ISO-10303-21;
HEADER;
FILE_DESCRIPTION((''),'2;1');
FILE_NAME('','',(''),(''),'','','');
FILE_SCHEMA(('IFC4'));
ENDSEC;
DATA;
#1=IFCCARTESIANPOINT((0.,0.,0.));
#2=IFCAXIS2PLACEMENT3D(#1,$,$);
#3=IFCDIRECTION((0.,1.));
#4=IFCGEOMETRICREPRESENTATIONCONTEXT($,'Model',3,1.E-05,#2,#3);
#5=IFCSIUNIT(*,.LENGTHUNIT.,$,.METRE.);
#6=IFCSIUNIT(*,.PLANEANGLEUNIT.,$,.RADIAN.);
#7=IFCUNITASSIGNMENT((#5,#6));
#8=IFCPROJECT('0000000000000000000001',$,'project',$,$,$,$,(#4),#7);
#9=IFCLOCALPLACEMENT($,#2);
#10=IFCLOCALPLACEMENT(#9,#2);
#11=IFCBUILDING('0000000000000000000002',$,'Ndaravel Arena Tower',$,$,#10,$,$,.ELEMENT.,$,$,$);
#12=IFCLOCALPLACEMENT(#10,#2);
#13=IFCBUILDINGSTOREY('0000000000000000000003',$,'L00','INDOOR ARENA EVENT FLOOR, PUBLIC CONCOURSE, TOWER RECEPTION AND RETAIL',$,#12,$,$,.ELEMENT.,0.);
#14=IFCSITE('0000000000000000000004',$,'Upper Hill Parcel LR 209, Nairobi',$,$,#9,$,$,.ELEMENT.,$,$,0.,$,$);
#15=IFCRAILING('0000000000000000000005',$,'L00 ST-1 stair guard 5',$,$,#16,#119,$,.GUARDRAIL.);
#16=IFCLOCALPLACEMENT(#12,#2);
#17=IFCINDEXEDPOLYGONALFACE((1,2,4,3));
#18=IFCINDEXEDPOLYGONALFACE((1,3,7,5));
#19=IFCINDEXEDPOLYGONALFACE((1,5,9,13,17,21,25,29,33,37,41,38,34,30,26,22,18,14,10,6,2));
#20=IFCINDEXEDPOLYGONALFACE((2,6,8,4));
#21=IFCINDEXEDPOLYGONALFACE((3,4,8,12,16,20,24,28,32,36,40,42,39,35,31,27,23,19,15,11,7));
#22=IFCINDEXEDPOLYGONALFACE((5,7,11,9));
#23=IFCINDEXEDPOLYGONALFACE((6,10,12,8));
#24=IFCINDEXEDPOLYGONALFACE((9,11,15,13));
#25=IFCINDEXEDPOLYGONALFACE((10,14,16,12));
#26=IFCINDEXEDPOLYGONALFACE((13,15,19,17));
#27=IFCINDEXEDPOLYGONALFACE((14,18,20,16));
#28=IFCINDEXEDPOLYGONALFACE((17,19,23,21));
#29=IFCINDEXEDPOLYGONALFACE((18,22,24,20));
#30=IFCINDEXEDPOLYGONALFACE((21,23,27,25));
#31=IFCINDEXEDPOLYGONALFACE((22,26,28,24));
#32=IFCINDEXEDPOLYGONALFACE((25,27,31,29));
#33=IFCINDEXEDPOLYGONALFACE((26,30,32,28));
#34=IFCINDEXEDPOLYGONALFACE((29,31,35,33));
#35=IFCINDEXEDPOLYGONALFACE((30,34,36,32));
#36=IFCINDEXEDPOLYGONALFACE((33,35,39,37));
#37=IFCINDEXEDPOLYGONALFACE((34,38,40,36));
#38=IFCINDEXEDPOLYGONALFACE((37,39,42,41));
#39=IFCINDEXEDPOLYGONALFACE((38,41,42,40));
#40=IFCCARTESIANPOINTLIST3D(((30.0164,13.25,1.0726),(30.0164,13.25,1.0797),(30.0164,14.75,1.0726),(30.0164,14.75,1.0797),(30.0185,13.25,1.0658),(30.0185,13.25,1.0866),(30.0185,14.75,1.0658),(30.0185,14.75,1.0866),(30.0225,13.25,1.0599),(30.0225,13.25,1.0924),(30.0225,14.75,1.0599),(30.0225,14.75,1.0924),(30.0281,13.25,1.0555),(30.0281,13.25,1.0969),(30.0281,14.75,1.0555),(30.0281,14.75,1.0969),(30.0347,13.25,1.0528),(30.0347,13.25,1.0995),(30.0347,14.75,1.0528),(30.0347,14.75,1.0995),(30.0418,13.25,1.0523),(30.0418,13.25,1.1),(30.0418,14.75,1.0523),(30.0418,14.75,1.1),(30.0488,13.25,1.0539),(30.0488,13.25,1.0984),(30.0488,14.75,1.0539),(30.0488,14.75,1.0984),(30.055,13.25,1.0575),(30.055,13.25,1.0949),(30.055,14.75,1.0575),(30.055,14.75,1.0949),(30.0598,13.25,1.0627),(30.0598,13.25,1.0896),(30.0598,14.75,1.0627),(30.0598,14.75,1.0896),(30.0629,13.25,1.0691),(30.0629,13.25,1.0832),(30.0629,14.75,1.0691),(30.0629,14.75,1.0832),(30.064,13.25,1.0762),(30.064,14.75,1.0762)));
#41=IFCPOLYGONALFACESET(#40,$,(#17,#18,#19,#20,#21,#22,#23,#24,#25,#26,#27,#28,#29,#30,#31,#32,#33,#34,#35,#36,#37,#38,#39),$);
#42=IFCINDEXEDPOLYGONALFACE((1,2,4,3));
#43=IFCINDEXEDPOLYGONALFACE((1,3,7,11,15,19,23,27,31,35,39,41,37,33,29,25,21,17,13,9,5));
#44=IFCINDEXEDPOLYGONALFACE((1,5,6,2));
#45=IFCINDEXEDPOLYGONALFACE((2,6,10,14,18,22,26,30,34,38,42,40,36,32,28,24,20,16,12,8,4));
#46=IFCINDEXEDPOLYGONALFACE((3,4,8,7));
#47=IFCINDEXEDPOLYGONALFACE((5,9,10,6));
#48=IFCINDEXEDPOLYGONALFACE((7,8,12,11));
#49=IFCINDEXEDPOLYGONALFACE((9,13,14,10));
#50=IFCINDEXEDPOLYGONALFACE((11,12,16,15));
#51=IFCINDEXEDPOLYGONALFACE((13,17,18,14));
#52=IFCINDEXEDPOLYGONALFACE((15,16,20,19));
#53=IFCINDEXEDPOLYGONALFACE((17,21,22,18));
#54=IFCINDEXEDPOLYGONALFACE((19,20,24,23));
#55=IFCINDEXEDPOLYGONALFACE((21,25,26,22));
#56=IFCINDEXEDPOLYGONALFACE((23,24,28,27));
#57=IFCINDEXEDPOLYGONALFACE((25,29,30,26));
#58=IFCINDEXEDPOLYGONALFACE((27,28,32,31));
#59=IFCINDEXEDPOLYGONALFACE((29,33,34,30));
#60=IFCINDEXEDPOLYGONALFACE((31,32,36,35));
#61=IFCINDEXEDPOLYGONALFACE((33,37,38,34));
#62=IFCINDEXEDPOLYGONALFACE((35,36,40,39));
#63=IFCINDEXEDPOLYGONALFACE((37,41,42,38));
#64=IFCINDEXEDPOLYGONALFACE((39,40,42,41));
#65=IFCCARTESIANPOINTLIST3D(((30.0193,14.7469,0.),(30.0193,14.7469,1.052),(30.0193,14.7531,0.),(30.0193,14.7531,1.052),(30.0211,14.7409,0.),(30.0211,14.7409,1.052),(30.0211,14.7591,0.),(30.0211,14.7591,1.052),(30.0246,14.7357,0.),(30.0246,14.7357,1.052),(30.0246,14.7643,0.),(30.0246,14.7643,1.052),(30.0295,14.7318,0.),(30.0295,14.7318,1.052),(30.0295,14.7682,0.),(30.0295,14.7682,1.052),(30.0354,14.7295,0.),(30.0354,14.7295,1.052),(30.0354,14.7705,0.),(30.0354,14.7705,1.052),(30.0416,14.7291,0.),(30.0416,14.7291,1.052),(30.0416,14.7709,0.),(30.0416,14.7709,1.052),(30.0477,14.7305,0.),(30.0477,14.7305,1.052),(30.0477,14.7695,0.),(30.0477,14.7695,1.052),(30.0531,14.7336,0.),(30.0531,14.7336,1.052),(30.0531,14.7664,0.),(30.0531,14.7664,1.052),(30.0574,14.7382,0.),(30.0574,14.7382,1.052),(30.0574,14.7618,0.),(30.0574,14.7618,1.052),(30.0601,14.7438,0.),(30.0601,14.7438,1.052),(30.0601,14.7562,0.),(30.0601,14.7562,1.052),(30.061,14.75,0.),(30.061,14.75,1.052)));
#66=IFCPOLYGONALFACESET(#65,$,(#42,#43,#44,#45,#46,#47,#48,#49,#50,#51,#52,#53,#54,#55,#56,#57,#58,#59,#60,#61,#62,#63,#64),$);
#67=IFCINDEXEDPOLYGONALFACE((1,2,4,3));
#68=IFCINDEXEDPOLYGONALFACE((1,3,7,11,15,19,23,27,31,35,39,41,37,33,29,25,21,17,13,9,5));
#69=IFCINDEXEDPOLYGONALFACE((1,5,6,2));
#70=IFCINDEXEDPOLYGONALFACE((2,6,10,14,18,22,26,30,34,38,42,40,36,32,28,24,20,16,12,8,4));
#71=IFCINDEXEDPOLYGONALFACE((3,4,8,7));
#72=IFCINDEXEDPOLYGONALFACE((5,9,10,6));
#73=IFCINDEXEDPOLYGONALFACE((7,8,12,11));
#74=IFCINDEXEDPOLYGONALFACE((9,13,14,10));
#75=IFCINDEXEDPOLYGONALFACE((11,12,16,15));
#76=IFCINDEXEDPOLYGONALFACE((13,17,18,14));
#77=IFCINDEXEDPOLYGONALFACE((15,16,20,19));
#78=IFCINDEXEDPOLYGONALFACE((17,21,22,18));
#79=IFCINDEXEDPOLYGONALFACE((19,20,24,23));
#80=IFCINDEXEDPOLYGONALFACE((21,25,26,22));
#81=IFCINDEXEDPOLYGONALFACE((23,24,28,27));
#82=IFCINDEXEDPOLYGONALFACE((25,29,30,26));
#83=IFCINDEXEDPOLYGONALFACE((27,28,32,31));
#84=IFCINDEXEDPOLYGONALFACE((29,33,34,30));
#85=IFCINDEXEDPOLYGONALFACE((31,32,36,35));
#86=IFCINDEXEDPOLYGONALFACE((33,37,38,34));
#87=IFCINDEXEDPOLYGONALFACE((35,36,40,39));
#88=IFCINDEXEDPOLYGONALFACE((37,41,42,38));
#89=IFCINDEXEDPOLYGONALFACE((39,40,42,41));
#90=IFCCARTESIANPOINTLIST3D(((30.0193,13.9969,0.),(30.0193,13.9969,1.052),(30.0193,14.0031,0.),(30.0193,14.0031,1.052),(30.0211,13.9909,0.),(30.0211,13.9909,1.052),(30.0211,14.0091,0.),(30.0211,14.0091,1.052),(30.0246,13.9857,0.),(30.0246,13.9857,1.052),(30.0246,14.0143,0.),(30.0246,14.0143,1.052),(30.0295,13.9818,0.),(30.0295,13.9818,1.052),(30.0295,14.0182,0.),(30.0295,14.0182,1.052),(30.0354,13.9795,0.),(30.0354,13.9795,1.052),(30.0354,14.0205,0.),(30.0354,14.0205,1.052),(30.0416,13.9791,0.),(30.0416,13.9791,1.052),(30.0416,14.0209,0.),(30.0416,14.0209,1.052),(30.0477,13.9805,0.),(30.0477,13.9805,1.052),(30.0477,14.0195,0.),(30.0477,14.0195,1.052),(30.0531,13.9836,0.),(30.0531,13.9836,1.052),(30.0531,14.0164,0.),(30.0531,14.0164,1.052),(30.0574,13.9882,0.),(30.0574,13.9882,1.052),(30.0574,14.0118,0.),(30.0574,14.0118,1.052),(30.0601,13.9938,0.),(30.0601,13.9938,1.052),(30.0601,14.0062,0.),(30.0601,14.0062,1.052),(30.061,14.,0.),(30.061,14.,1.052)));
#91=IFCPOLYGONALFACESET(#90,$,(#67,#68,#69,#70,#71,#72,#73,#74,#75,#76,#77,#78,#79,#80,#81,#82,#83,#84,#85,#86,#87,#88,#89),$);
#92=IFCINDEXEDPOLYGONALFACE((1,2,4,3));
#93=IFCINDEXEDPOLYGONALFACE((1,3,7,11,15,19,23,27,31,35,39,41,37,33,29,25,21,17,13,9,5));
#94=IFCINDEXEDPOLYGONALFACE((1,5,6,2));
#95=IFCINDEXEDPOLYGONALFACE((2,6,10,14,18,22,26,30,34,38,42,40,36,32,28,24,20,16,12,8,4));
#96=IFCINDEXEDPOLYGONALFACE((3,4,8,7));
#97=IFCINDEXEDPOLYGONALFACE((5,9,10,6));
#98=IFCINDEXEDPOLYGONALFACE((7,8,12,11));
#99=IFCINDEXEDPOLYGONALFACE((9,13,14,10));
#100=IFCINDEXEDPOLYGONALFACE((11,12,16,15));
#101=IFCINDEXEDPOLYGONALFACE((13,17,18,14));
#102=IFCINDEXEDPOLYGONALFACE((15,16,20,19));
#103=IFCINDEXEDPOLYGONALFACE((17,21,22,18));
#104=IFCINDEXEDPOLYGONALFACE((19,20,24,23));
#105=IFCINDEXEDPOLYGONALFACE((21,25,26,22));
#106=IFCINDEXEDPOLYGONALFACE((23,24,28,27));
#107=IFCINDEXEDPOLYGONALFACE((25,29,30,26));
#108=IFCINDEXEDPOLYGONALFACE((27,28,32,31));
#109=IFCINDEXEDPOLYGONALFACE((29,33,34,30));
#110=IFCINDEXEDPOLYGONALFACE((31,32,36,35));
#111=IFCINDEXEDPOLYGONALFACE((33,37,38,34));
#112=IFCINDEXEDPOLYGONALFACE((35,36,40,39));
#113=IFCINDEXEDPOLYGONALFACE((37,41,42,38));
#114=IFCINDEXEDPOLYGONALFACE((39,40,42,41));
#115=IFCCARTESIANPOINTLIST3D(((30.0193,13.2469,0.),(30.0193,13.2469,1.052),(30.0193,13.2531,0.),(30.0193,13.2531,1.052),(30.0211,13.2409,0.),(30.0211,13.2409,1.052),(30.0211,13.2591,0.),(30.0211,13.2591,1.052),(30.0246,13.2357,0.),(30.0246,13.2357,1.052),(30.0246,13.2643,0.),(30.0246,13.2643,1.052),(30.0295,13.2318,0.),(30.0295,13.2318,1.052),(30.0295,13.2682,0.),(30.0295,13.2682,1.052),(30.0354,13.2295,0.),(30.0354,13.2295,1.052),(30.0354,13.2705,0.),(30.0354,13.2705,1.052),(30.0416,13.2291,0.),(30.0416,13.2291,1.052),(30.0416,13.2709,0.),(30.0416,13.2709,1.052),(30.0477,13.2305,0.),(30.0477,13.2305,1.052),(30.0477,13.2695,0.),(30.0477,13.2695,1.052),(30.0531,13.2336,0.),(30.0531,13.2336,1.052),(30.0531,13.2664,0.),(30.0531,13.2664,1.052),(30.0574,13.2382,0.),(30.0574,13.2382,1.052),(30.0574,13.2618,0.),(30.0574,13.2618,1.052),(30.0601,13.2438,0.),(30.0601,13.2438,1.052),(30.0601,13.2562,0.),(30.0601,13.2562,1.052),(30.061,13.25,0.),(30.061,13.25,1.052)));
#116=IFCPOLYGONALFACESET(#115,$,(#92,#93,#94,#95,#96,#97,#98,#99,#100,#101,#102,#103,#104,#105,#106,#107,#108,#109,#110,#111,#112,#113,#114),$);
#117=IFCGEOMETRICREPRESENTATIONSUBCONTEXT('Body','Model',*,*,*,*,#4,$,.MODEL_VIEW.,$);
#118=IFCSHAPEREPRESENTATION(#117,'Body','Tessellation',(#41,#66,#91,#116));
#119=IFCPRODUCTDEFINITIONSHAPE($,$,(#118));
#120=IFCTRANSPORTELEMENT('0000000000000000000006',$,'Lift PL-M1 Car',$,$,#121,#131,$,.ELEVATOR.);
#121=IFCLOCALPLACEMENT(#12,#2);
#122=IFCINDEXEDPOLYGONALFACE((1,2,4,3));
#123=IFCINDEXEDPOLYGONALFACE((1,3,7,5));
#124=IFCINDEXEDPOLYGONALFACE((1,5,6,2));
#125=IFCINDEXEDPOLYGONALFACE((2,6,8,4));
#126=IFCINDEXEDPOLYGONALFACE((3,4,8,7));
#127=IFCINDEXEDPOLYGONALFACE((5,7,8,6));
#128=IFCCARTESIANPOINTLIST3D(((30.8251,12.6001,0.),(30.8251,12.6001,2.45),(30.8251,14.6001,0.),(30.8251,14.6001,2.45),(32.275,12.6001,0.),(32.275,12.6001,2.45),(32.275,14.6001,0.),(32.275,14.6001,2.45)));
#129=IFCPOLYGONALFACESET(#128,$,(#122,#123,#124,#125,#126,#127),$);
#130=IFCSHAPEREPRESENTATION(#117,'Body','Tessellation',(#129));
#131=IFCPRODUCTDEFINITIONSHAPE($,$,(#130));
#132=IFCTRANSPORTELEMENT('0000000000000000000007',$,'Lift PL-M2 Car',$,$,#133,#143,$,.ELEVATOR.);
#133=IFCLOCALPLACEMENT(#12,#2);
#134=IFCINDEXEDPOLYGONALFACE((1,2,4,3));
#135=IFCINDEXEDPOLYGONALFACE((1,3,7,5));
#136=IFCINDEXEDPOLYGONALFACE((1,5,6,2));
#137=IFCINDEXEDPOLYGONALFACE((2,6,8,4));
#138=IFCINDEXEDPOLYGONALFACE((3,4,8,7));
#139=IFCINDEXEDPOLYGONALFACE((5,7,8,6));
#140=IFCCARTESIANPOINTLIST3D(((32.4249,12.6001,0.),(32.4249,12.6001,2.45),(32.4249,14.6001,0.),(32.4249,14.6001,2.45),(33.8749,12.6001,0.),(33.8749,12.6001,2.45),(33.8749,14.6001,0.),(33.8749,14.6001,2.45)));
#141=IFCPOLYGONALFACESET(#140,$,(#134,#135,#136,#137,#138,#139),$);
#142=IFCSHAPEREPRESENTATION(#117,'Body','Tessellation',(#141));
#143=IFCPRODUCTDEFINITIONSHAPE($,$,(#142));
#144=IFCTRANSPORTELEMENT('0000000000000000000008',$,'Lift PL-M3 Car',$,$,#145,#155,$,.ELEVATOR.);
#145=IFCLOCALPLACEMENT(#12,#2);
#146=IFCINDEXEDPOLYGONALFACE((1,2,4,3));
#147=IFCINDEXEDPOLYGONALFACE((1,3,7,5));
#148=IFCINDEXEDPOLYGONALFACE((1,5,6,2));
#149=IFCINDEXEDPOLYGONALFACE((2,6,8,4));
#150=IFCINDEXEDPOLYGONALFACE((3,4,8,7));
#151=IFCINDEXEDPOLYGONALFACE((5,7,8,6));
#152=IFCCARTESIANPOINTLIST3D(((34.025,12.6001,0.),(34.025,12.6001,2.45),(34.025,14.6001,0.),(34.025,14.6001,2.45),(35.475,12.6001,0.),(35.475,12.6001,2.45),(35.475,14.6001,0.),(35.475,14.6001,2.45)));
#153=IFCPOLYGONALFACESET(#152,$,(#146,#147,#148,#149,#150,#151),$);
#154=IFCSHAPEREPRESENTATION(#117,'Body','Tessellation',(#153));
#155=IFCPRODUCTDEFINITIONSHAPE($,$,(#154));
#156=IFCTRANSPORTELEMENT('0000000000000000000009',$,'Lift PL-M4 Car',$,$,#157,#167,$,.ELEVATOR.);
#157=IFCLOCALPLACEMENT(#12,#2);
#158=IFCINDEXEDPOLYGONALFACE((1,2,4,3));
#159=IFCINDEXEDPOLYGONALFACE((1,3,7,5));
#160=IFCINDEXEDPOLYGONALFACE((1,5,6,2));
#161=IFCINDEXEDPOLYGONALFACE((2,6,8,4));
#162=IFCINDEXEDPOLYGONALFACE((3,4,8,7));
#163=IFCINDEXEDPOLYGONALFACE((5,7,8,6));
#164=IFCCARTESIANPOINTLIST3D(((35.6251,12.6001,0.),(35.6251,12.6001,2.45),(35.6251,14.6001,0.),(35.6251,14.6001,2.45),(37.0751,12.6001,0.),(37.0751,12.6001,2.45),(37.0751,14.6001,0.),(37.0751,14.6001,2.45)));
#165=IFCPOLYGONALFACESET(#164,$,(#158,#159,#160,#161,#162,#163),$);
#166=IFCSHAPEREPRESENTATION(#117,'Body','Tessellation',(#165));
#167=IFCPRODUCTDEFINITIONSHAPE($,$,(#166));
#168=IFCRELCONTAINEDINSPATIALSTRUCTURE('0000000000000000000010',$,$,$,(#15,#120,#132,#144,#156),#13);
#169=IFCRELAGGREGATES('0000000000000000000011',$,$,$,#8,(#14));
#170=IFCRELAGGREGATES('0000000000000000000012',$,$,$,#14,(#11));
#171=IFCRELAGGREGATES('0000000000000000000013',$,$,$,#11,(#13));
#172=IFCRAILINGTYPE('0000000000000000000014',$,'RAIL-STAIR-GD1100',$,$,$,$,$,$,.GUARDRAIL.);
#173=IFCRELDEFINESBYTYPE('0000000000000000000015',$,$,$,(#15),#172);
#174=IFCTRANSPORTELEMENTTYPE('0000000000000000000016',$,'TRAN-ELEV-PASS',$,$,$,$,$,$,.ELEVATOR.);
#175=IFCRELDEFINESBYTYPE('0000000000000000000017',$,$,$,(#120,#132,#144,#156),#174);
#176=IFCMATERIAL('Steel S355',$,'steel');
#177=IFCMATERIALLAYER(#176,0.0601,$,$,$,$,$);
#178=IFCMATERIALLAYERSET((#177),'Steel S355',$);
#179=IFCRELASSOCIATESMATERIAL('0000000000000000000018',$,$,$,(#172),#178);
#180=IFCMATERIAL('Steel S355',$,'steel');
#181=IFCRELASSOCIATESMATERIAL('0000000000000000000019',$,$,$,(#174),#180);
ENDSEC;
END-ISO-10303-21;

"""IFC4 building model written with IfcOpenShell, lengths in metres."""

from ifc_helpers import new_model, si_unit, direction, frame, origin, origin_2d, place, context, subcontext, project, spatial, rectangle, circle, extrude, material, layer, layer_set, type_object, element, save


model = new_model("IFC4")

# Units and contexts
model_context = context("Model", 3, precision=1e-05, world=origin(), true_north=direction((0.0, 1.0)))
body_context = subcontext(model_context, "Body", "Model", "MODEL_VIEW")
ifc_project = project(units=[si_unit("LENGTHUNIT", "METRE"), si_unit("PLANEANGLEUNIT", "RADIAN")], contexts=[model_context])

# Site, building, storey
site_placement = place(None, origin())
site = spatial("IfcSite", under=ifc_project, at=site_placement, Name="Upper Hill Parcel LR 209, Nairobi", CompositionType="ELEMENT", RefElevation=0.0)
building_placement = place(site_placement, origin())
building = spatial("IfcBuilding", under=site, at=building_placement, Name="Ndaravel Arena Tower", CompositionType="ELEMENT")
storey_placement = place(building_placement, origin())
storey = spatial("IfcBuildingStorey", under=building, at=storey_placement, Name="L00", Description="INDOOR ARENA EVENT FLOOR, PUBLIC CONCOURSE, TOWER RECEPTION AND RETAIL", CompositionType="ELEMENT", Elevation=0.0)

# Railing
ifc_material_1 = material(Name="Steel S355", Category="steel")
ifc_layer_1 = layer(ifc_material_1, 0.0601)
ifc_layer_set_1 = layer_set([ifc_layer_1], Name="Steel S355")
railing_type_1 = type_object("IfcRailingType", Name="RAIL-STAIR-GD1100", PredefinedType="GUARDRAIL", material=ifc_layer_set_1)
railing_1_placement = place(storey_placement, frame((30.04, 14.75, 0.0)))
element("IfcRailing", 1, at=railing_1_placement, inside=storey, type_object=railing_type_1, Name="L00 ST-1 stair guard 5", PredefinedType="GUARDRAIL", context=body_context, shape_type="SweptSolid", body=[
    extrude(circle(Radius=0.0239, at=origin_2d()), frame((0.0, 0.0, 1.0762), z_axis=(0.0, -1.0, 0.0), x_axis=(1.0, 0.0, 0.0)), (0.0, 0.0, 1.0), 1.5),
    extrude(circle(Radius=0.021, at=origin_2d()), origin(), (0.0, 0.0, 1.0), 1.052),
    extrude(circle(Radius=0.021, at=origin_2d()), frame((0.0, -0.75, 0.0)), (0.0, 0.0, 1.0), 1.052),
    extrude(circle(Radius=0.021, at=origin_2d()), frame((0.0, -1.5, 0.0)), (0.0, 0.0, 1.0), 1.052),
])

# Transport elements
ifc_material_2 = material(Name="Steel S355", Category="steel")
transport_element_type = type_object("IfcTransportElementType", Name="TRAN-ELEV-PASS", PredefinedType="ELEVATOR", material=ifc_material_2)
for number, where, z_axis, x_axis, name in (
    (2, (31.55, 13.6001, 0.0), (0.0, 0.0, 1.0), (1.0, 0.0, 0.0), "Lift PL-M1 Car"),
    (3, (33.1499, 13.6001, 0.0), (0.0, 0.0, 1.0), (1.0, 0.0, 0.0), "Lift PL-M2 Car"),
    (4, (34.75, 13.6001, 0.0), (0.0, 0.0, 1.0), (1.0, 0.0, 0.0), "Lift PL-M3 Car"),
    (5, (36.3501, 13.6001, 0.0), (0.0, 0.0, 1.0), (1.0, 0.0, 0.0), "Lift PL-M4 Car"),
):
    element("IfcTransportElement", number, at=place(storey_placement, frame(where, z_axis=z_axis, x_axis=x_axis)), inside=storey, type_object=transport_element_type, Name=name, PredefinedType="ELEVATOR", context=body_context, shape_type="SweptSolid", body=[
        extrude(rectangle(XDim=1.45, YDim=2.0, at=origin_2d()), origin(), (0.0, 0.0, 1.0), 2.45),
    ])

save(model, "model.ifc")
